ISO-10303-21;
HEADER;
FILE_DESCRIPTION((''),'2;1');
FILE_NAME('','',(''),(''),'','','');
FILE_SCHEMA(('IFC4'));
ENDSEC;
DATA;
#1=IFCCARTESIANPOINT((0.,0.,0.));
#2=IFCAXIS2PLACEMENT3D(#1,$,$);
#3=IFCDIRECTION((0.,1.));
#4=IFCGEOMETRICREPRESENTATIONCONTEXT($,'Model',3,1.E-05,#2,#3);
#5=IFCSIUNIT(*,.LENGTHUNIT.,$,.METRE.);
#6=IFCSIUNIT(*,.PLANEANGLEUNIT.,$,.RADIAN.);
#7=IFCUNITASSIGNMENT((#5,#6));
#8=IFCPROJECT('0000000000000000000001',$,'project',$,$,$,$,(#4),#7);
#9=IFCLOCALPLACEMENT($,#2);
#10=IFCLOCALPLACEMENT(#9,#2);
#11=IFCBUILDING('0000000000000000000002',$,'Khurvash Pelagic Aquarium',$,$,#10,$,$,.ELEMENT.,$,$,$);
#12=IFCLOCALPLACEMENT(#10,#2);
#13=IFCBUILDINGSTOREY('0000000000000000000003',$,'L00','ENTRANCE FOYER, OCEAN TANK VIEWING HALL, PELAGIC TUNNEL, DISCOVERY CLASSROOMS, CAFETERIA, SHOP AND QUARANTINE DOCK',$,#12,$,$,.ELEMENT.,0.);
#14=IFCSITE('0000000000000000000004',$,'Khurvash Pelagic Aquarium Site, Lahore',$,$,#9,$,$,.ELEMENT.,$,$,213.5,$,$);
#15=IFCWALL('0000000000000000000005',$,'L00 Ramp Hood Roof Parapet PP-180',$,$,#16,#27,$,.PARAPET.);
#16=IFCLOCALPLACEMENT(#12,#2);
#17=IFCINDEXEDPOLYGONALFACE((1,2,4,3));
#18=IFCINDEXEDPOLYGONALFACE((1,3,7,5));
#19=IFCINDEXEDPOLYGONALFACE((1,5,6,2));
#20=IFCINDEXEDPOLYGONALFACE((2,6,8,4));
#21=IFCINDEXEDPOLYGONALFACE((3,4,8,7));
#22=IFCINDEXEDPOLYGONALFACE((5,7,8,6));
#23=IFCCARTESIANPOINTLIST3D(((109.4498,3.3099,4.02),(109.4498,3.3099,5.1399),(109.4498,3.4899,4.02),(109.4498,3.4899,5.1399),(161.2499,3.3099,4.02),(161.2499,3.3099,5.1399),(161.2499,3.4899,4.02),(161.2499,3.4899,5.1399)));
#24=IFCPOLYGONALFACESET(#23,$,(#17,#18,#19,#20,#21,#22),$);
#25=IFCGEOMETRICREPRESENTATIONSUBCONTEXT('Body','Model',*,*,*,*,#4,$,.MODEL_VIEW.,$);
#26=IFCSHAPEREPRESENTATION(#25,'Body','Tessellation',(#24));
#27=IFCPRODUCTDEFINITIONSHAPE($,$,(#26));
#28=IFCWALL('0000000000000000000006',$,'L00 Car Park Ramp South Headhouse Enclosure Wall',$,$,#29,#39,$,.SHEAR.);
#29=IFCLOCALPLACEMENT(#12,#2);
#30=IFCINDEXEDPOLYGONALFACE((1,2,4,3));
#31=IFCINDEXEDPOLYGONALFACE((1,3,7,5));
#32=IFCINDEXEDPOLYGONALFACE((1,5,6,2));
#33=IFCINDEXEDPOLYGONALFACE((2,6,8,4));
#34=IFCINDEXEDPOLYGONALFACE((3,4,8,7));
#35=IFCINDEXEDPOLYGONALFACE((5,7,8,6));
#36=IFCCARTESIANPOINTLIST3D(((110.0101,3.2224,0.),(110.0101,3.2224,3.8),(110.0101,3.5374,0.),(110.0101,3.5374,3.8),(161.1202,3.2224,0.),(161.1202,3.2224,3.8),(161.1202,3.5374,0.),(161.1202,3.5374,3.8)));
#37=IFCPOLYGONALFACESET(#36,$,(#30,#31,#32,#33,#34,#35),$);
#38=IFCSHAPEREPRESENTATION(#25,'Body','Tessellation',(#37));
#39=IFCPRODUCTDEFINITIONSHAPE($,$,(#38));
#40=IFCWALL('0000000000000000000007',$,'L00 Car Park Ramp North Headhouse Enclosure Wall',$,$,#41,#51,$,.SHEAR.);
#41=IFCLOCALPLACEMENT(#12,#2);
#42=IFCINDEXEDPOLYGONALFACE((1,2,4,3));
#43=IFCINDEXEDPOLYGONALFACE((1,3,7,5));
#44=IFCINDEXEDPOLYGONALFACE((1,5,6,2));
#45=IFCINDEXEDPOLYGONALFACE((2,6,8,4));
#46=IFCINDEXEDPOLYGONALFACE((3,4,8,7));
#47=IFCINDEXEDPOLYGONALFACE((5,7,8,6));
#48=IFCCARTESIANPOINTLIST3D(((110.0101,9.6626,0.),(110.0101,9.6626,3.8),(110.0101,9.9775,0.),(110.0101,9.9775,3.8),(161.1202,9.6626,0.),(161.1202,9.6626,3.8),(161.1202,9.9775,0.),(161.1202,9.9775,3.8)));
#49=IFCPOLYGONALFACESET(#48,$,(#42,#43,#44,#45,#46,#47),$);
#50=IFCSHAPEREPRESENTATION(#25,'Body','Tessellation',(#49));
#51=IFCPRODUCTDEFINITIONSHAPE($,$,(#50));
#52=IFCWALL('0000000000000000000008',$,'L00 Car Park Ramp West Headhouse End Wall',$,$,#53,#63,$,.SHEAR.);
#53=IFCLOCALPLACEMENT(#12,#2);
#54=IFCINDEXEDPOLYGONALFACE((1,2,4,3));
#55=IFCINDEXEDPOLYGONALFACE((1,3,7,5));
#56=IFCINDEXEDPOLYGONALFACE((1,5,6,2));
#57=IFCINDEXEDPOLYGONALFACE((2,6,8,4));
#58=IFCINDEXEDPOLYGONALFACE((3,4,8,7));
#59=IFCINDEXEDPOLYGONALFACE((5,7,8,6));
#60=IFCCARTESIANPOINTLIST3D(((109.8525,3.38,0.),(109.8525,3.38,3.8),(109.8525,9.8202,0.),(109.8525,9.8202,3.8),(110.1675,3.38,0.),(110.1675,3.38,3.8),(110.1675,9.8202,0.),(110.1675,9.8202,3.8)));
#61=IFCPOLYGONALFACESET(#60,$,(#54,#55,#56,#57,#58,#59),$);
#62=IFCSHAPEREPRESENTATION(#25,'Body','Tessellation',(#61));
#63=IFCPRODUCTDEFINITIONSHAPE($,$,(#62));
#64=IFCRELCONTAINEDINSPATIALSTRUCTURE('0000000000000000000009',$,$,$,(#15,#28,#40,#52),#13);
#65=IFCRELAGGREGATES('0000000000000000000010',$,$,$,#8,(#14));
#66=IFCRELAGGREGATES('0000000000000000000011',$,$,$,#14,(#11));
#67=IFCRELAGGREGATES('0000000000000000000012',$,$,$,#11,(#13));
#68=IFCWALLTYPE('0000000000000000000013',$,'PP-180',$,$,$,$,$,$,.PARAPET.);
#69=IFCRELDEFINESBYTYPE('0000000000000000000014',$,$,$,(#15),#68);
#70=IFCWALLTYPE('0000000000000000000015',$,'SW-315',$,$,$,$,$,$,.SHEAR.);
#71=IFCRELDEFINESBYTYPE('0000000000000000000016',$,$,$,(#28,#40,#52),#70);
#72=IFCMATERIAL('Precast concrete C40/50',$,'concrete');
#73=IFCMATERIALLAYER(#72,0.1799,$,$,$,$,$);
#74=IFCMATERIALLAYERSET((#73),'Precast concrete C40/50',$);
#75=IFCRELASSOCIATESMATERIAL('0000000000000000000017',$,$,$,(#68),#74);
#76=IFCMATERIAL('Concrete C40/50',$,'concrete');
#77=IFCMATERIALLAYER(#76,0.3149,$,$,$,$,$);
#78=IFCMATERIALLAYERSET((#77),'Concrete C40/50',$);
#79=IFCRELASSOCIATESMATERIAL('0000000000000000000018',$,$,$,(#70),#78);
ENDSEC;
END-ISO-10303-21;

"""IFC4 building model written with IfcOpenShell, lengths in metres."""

from ifc_helpers import new_model, si_unit, direction, frame, frame_2d, origin, place, context, subcontext, project, spatial, rectangle, extrude, material, layer, layer_set, type_object, element, save


model = new_model("IFC4")

# Units and contexts
model_context = context("Model", 3, precision=1e-05, world=origin(), true_north=direction((0.0, 1.0)))
body_context = subcontext(model_context, "Body", "Model", "MODEL_VIEW")
ifc_project = project(units=[si_unit("LENGTHUNIT", "METRE"), si_unit("PLANEANGLEUNIT", "RADIAN")], contexts=[model_context])

# Site, building, storey
site_placement = place(None, origin())
site = spatial("IfcSite", under=ifc_project, at=site_placement, Name="Khurvash Pelagic Aquarium Site, Lahore", CompositionType="ELEMENT", RefElevation=213.5)
building_placement = place(site_placement, origin())
building = spatial("IfcBuilding", under=site, at=building_placement, Name="Khurvash Pelagic Aquarium", CompositionType="ELEMENT")
storey_placement = place(building_placement, origin())
storey = spatial("IfcBuildingStorey", under=building, at=storey_placement, Name="L00", Description="ENTRANCE FOYER, OCEAN TANK VIEWING HALL, PELAGIC TUNNEL, DISCOVERY CLASSROOMS, CAFETERIA, SHOP AND QUARANTINE DOCK", CompositionType="ELEMENT", Elevation=0.0)

# Shared definitions
ifc_material_1 = material(Name="Concrete C40/50", Category="concrete")

# Shared definitions
ifc_material_2 = material(Name="Precast concrete C40/50", Category="concrete")

# Walls
ifc_layer_1 = layer(ifc_material_2, 0.1799)
ifc_layer_set_1 = layer_set([ifc_layer_1], Name="Precast concrete C40/50")
wall_type_1 = type_object("IfcWallType", Name="PP-180", PredefinedType="PARAPET", material=ifc_layer_set_1)
wall_1_placement = place(storey_placement, frame((109.45, 3.3999, 4.02), z_axis=(0.0, 0.0, 1.0), x_axis=(1.0, 0.0, 0.0)))
element("IfcWall", 1, at=wall_1_placement, inside=storey, type_object=wall_type_1, Name="L00 Ramp Hood Roof Parapet PP-180", PredefinedType="PARAPET", context=body_context, shape_type="SweptSolid", body=[
    extrude(rectangle(XDim=51.8, YDim=0.1799, at=frame_2d((25.8999, 0.0))), origin(), (0.0, 0.0, 1.0), 1.1199),
])
ifc_layer_2 = layer(ifc_material_1, 0.3149)
ifc_layer_set_2 = layer_set([ifc_layer_2], Name="Concrete C40/50")
wall_type_2 = type_object("IfcWallType", Name="SW-315", PredefinedType="SHEAR", material=ifc_layer_set_2)
for number, where, z_axis, x_axis, name in (
    (2, (110.01, 3.3799, 0.0), (0.0, 0.0, 1.0), (1.0, 0.0, 0.0), "L00 Car Park Ramp South Headhouse Enclosure Wall"),
    (3, (110.01, 9.8201, 0.0), (0.0, 0.0, 1.0), (1.0, 0.0, 0.0), "L00 Car Park Ramp North Headhouse Enclosure Wall"),
):
    element("IfcWall", number, at=place(storey_placement, frame(where, z_axis=z_axis, x_axis=x_axis)), inside=storey, type_object=wall_type_2, Name=name, PredefinedType="SHEAR", context=body_context, shape_type="SweptSolid", body=[
        extrude(rectangle(XDim=51.1101, YDim=0.3149, at=frame_2d((25.5552, 0.0))), origin(), (0.0, 0.0, 1.0), 3.8),
    ])
wall_2_placement = place(storey_placement, frame((110.01, 3.3799, 0.0), z_axis=(0.0, 0.0, 1.0), x_axis=(0.0, 1.0, 0.0)))
element("IfcWall", 4, at=wall_2_placement, inside=storey, type_object=wall_type_2, Name="L00 Car Park Ramp West Headhouse End Wall", PredefinedType="SHEAR", context=body_context, shape_type="SweptSolid", body=[
    extrude(rectangle(XDim=6.4402, YDim=0.3149, at=frame_2d((3.2202, 0.0))), origin(), (0.0, 0.0, 1.0), 3.8),
])

save(model, "model.ifc")
